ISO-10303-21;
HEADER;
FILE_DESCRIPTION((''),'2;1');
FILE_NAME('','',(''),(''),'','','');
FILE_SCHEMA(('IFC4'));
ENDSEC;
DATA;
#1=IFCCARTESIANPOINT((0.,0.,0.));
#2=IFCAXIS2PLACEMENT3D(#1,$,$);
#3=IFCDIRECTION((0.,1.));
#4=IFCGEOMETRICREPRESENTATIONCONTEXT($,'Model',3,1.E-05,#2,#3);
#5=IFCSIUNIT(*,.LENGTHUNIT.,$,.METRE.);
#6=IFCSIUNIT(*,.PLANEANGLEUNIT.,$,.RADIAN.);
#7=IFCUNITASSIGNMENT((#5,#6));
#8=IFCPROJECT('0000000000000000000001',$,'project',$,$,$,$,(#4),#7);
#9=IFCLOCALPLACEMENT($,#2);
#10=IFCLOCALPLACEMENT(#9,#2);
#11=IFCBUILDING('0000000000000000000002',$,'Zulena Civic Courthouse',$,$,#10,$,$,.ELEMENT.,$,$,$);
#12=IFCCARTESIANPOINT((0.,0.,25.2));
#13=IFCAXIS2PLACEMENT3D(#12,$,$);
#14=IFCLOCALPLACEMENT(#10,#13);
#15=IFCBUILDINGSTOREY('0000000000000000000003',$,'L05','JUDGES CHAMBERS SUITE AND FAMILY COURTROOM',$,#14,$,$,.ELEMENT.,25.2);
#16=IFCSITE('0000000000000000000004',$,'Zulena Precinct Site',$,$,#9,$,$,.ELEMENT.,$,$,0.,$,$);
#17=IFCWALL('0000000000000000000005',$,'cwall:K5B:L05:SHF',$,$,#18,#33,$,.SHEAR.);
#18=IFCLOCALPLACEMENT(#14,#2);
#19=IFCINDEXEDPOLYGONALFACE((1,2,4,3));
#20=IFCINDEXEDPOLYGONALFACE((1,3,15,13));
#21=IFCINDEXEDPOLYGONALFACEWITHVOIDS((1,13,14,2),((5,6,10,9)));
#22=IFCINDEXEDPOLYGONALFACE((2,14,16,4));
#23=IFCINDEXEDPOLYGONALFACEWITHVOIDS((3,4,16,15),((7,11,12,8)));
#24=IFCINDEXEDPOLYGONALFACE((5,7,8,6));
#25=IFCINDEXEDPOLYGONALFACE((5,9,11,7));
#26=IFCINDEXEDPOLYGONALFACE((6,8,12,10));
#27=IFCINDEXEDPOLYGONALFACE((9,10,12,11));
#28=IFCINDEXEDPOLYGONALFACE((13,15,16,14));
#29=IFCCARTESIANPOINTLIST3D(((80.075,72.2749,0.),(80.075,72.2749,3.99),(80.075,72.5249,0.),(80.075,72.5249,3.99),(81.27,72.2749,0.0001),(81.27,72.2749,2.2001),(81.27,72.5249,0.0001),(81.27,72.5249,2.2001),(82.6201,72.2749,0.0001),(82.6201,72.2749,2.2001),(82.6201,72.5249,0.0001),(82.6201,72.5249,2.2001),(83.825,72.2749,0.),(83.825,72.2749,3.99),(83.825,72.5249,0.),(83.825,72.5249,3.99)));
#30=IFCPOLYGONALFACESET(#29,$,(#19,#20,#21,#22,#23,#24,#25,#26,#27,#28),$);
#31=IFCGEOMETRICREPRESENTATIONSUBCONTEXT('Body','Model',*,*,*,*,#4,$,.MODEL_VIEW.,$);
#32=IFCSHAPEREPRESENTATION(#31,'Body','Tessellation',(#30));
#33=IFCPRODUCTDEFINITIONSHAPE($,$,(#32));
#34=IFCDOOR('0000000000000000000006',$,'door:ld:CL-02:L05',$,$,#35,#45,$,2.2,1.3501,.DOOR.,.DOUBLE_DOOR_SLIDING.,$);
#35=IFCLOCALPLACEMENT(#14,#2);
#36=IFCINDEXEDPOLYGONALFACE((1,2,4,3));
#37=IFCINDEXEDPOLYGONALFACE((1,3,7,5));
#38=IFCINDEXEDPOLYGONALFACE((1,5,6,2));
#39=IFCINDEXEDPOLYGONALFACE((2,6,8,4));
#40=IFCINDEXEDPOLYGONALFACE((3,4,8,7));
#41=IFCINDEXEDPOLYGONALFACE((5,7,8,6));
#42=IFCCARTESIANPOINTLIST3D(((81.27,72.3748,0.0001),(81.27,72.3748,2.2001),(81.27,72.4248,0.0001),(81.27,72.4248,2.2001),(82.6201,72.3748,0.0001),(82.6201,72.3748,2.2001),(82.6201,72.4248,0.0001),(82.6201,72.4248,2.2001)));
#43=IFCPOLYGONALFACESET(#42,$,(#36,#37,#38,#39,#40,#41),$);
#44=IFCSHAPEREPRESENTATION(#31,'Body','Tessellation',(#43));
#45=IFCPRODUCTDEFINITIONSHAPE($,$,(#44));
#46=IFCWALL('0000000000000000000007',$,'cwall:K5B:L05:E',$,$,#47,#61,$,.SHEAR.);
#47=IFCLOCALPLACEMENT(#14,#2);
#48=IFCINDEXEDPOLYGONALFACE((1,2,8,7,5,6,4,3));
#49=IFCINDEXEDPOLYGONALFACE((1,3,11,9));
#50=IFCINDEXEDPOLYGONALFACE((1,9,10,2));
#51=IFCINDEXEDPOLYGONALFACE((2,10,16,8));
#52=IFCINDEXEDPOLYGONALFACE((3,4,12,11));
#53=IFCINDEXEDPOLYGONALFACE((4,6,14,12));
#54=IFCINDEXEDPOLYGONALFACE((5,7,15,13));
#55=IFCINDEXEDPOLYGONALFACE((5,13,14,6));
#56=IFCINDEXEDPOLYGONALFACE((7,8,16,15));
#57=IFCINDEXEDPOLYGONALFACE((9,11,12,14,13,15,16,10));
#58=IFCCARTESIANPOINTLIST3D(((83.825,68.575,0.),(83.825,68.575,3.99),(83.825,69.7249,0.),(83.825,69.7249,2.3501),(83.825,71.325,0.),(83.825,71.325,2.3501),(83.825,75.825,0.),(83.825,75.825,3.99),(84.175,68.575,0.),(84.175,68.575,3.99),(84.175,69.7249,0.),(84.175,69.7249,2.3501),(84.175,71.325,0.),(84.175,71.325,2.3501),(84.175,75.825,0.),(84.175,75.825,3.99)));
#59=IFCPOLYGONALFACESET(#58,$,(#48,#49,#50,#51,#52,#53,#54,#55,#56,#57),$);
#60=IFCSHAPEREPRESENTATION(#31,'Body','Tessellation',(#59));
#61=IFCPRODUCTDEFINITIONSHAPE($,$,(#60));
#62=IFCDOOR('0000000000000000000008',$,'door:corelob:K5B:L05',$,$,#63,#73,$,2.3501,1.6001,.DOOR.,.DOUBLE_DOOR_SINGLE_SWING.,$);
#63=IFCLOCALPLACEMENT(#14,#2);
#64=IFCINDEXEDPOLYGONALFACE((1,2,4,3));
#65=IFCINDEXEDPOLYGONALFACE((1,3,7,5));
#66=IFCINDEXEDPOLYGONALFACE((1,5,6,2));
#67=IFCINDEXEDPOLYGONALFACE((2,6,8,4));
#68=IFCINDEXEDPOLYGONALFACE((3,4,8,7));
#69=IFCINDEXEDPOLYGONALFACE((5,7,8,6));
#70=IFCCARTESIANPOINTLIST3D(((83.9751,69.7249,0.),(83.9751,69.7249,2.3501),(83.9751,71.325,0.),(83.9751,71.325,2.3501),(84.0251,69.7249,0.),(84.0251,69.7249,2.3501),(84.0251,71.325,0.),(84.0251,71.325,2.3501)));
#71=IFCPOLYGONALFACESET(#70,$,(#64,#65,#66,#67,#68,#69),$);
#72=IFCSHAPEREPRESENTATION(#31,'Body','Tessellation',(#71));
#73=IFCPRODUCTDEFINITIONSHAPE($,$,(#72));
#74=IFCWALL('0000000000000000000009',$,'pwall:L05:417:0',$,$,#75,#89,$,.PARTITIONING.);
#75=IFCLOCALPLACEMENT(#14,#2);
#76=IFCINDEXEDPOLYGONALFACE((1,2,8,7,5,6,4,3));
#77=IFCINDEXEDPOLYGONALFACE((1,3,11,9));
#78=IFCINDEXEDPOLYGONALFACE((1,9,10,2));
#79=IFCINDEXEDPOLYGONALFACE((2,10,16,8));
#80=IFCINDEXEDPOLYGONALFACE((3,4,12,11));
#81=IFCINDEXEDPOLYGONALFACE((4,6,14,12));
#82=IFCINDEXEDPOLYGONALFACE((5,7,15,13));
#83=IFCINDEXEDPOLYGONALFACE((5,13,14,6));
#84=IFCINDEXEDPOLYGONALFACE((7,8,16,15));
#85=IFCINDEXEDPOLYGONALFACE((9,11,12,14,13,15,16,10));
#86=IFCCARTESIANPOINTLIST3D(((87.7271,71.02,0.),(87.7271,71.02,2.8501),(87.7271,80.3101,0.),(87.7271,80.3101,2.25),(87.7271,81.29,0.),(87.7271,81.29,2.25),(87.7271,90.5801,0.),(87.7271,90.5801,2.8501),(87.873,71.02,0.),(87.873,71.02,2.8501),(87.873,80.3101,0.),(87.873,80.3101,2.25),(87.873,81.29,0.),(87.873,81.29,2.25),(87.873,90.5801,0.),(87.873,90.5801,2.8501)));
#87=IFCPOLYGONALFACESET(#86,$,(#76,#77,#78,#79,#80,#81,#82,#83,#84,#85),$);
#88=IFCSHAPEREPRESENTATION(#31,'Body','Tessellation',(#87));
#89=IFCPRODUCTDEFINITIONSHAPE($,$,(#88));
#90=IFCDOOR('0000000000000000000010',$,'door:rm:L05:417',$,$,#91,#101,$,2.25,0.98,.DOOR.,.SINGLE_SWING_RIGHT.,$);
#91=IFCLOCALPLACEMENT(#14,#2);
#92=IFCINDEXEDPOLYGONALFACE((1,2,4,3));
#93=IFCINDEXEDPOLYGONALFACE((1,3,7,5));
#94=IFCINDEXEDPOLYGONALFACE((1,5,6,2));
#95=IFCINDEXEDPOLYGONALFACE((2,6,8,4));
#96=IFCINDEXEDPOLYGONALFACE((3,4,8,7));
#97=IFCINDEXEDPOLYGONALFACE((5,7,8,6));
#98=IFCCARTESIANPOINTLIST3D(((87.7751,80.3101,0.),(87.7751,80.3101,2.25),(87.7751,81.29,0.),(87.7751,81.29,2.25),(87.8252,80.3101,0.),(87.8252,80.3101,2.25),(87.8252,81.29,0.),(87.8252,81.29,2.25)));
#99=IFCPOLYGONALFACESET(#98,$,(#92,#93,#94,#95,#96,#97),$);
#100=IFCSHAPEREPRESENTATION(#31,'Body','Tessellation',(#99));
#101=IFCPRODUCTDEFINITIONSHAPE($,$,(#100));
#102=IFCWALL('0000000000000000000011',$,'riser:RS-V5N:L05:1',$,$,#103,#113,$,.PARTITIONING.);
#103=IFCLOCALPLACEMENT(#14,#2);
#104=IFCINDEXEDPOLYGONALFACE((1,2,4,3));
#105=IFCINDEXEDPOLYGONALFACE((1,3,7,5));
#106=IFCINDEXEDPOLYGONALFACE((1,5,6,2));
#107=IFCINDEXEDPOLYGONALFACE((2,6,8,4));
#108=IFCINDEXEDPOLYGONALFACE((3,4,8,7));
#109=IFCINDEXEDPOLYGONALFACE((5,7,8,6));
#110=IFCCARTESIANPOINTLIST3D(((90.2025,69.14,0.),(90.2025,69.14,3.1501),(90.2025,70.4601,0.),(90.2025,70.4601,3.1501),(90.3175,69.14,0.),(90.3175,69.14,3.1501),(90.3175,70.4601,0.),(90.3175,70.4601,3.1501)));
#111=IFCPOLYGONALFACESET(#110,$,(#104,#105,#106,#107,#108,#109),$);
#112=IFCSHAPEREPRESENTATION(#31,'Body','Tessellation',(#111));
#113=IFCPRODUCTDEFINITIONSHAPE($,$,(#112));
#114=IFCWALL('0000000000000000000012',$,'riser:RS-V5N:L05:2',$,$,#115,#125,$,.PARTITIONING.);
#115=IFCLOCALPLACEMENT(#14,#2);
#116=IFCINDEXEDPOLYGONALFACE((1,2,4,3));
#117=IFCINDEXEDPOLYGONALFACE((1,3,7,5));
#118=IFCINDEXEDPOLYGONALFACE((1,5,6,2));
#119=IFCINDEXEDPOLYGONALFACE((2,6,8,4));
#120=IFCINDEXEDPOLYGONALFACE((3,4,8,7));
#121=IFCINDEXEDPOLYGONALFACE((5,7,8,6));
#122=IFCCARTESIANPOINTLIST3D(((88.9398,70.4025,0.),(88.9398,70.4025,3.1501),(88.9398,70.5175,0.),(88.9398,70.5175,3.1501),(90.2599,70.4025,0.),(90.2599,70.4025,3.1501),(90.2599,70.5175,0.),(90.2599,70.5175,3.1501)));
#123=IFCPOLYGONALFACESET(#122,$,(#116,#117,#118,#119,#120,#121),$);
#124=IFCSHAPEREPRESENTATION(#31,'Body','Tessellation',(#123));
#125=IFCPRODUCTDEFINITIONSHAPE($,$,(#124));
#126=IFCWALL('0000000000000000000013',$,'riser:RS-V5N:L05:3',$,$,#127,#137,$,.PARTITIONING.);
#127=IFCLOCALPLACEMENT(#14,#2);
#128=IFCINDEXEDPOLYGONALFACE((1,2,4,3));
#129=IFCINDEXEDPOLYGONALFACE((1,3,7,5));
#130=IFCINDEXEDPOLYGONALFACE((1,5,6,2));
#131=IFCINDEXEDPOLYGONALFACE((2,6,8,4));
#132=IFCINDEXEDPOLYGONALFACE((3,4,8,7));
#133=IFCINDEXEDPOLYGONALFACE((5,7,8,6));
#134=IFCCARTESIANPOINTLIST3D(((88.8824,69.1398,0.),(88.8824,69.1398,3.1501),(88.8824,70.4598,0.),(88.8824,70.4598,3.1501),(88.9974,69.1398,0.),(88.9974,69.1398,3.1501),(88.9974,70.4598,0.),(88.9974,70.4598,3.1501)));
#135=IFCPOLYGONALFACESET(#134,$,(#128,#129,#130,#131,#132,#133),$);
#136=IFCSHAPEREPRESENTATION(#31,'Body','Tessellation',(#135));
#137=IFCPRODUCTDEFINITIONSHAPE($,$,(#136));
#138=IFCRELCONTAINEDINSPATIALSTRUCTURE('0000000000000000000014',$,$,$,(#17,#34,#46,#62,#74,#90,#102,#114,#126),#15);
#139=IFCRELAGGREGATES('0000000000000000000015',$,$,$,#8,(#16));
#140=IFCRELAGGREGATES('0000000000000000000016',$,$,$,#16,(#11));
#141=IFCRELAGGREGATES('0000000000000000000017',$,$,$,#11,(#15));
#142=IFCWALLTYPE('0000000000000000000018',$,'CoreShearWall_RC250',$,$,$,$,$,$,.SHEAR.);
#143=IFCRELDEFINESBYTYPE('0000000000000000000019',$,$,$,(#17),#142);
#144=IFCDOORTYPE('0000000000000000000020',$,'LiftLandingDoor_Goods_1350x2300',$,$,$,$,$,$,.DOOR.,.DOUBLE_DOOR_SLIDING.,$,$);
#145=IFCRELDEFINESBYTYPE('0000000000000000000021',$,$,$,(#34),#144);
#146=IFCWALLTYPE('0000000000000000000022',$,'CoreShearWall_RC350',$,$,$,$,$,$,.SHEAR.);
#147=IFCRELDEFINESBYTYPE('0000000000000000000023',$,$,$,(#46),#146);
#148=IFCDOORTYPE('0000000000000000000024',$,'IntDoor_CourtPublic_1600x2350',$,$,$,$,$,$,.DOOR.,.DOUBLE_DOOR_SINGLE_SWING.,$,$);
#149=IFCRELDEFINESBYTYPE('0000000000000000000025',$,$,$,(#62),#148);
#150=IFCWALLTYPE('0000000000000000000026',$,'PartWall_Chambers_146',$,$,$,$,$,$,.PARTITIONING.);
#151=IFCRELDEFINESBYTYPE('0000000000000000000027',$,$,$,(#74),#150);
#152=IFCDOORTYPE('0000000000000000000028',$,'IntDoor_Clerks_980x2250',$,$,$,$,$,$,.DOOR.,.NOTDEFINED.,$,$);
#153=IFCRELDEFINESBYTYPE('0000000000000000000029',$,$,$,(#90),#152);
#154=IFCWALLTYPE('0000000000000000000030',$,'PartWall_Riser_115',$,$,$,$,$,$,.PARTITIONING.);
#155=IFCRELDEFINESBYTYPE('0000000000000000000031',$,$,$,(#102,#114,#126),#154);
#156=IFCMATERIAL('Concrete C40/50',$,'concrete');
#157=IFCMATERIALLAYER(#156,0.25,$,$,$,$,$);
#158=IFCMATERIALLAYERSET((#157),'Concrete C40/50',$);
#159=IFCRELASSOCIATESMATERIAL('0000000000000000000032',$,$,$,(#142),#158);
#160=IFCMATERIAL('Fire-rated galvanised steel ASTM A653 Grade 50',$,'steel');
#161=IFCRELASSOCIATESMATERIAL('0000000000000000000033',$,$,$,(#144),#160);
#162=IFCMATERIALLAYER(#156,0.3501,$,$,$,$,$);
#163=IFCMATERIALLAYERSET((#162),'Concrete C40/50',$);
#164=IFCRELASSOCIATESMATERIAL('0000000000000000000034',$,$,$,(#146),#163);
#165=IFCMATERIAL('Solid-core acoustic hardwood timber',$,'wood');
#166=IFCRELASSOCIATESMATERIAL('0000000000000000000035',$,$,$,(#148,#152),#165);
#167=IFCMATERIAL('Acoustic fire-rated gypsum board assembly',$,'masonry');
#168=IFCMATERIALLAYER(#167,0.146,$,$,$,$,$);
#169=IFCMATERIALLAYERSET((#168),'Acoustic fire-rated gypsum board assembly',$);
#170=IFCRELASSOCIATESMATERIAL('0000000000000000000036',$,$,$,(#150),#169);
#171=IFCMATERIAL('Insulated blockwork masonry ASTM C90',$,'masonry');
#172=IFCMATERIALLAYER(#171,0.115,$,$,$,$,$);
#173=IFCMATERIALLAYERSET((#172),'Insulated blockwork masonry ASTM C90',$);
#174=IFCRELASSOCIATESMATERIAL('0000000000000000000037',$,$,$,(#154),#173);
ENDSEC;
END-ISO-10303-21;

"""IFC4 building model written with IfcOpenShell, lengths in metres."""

from ifc_helpers import new_model, si_unit, direction, frame, frame_2d, origin, place, context, subcontext, project, spatial, rectangle, extrude, material, layer, layer_set, type_object, element, fill, save


model = new_model("IFC4")

# Units and contexts
model_context = context("Model", 3, precision=1e-05, world=origin(), true_north=direction((0.0, 1.0)))
body_context = subcontext(model_context, "Body", "Model", "MODEL_VIEW")
ifc_project = project(units=[si_unit("LENGTHUNIT", "METRE"), si_unit("PLANEANGLEUNIT", "RADIAN")], contexts=[model_context])

# Site, building, storey
site_placement = place(None, origin())
site = spatial("IfcSite", under=ifc_project, at=site_placement, Name="Zulena Precinct Site", CompositionType="ELEMENT", RefElevation=0.0)
building_placement = place(site_placement, origin())
building = spatial("IfcBuilding", under=site, at=building_placement, Name="Zulena Civic Courthouse", CompositionType="ELEMENT")
storey_placement = place(building_placement, frame((0.0, 0.0, 25.2)))
storey = spatial("IfcBuildingStorey", under=building, at=storey_placement, Name="L05", Description="JUDGES CHAMBERS SUITE AND FAMILY COURTROOM", CompositionType="ELEMENT", Elevation=25.2)

# Walls, openings, doors
ifc_material_1 = material(Name="Concrete C40/50", Category="concrete")
ifc_layer_1 = layer(ifc_material_1, 0.25)
ifc_layer_set_1 = layer_set([ifc_layer_1], Name="Concrete C40/50")
wall_type_1 = type_object("IfcWallType", Name="CoreShearWall_RC250", PredefinedType="SHEAR", material=ifc_layer_set_1)
ifc_material_2 = material(Name="Fire-rated galvanised steel ASTM A653 Grade 50", Category="steel")
wall_1_placement = place(storey_placement, frame((80.075, 72.3999, 0.0), z_axis=(0.0, 0.0, 1.0), x_axis=(1.0, 0.0, 0.0)))
wall_1 = element("IfcWall", 1, at=wall_1_placement, inside=storey, type_object=wall_type_1, Name="cwall:K5B:L05:SHF", PredefinedType="SHEAR", context=body_context, shape_type="SweptSolid", body=[
    extrude(rectangle(XDim=3.75, YDim=0.25, at=frame_2d((1.875, 0.0))), origin(), (0.0, 0.0, 1.0), 3.99),
])
opening_1_placement = place(wall_1_placement, frame((1.1951, 0.0, 0.0)))
opening_1 = element("IfcOpeningElement", 2, at=opening_1_placement, cuts=wall_1, PredefinedType="OPENING", context=body_context, shape_type="SweptSolid", body=[
    extrude(rectangle(XDim=1.3501, YDim=2.2, at=frame_2d((0.675, 1.1001))), frame((0.0, 0.135, 0.0), z_axis=(0.0, -1.0, 0.0), x_axis=(1.0, 0.0, 0.0)), (0.0, 0.0, 1.0), 0.27),
])
door_type_1 = type_object("IfcDoorType", Name="LiftLandingDoor_Goods_1350x2300", OperationType="DOUBLE_DOOR_SLIDING", PredefinedType="DOOR", material=ifc_material_2)
door_1_placement = place(opening_1_placement, origin())
door_1 = element("IfcDoor", 3, at=door_1_placement, inside=storey, type_object=door_type_1, Name="door:ld:CL-02:L05", OperationType="DOUBLE_DOOR_SLIDING", OverallHeight=2.2, OverallWidth=1.3501, PredefinedType="DOOR", context=body_context, shape_type="SweptSolid", body=[
    extrude(rectangle(XDim=1.3501, YDim=2.2, at=frame_2d((0.675, 1.1001))), frame((0.0, 0.0249, 0.0), z_axis=(0.0, -1.0, 0.0), x_axis=(1.0, 0.0, 0.0)), (0.0, 0.0, 1.0), 0.05),
])
fill(opening_1, door_1)
ifc_layer_2 = layer(ifc_material_1, 0.3501)
ifc_layer_set_2 = layer_set([ifc_layer_2], Name="Concrete C40/50")
wall_type_2 = type_object("IfcWallType", Name="CoreShearWall_RC350", PredefinedType="SHEAR", material=ifc_layer_set_2)
wall_2_placement = place(storey_placement, frame((84.0, 68.575, 0.0), z_axis=(0.0, 0.0, 1.0), x_axis=(0.0, 1.0, 0.0)))
wall_2 = element("IfcWall", 4, at=wall_2_placement, inside=storey, type_object=wall_type_2, Name="cwall:K5B:L05:E", PredefinedType="SHEAR", context=body_context, shape_type="SweptSolid", body=[
    extrude(rectangle(XDim=7.25, YDim=0.3501, at=frame_2d((3.625, 0.0))), origin(), (0.0, 0.0, 1.0), 3.99),
])
opening_2_placement = place(wall_2_placement, frame((1.1499, 0.0, 0.0)))
opening_2 = element("IfcOpeningElement", 5, at=opening_2_placement, cuts=wall_2, PredefinedType="OPENING", context=body_context, shape_type="SweptSolid", body=[
    extrude(rectangle(XDim=1.6001, YDim=2.3501, at=frame_2d((0.8, 1.175))), frame((0.0, 0.1851, 0.0), z_axis=(0.0, -1.0, 0.0), x_axis=(1.0, 0.0, 0.0)), (0.0, 0.0, 1.0), 0.3701),
])
ifc_material_3 = material(Name="Solid-core acoustic hardwood timber", Category="wood")
door_type_2 = type_object("IfcDoorType", Name="IntDoor_CourtPublic_1600x2350", OperationType="DOUBLE_DOOR_SINGLE_SWING", PredefinedType="DOOR", material=ifc_material_3)
door_2_placement = place(opening_2_placement, origin())
door_2 = element("IfcDoor", 6, at=door_2_placement, inside=storey, type_object=door_type_2, Name="door:corelob:K5B:L05", OperationType="DOUBLE_DOOR_SINGLE_SWING", OverallHeight=2.3501, OverallWidth=1.6001, PredefinedType="DOOR", context=body_context, shape_type="SweptSolid", body=[
    extrude(rectangle(XDim=1.6001, YDim=2.3501, at=frame_2d((0.8, 1.175))), frame((0.0, 0.0249, 0.0), z_axis=(0.0, -1.0, 0.0), x_axis=(1.0, 0.0, 0.0)), (0.0, 0.0, 1.0), 0.05),
])
fill(opening_2, door_2)
ifc_material_4 = material(Name="Acoustic fire-rated gypsum board assembly", Category="masonry")
ifc_layer_3 = layer(ifc_material_4, 0.146)
ifc_layer_set_3 = layer_set([ifc_layer_3], Name="Acoustic fire-rated gypsum board assembly")
wall_type_3 = type_object("IfcWallType", Name="PartWall_Chambers_146", PredefinedType="PARTITIONING", material=ifc_layer_set_3)
wall_3_placement = place(storey_placement, frame((87.8, 71.02, 0.0), z_axis=(0.0, 0.0, 1.0), x_axis=(0.0, 1.0, 0.0)))
wall_3 = element("IfcWall", 7, at=wall_3_placement, inside=storey, type_object=wall_type_3, Name="pwall:L05:417:0", PredefinedType="PARTITIONING", context=body_context, shape_type="SweptSolid", body=[
    extrude(rectangle(XDim=19.5601, YDim=0.146, at=frame_2d((9.78, 0.0))), origin(), (0.0, 0.0, 1.0), 2.8501),
])
opening_3_placement = place(wall_3_placement, frame((9.29, 0.0, 0.0)))
opening_3 = element("IfcOpeningElement", 8, at=opening_3_placement, cuts=wall_3, PredefinedType="OPENING", context=body_context, shape_type="SweptSolid", body=[
    extrude(rectangle(XDim=0.98, YDim=2.25, at=frame_2d((0.49, 1.125))), frame((0.0, 0.083, 0.0), z_axis=(0.0, -1.0, 0.0), x_axis=(1.0, 0.0, 0.0)), (0.0, 0.0, 1.0), 0.166),
])
door_type_3 = type_object("IfcDoorType", Name="IntDoor_Clerks_980x2250", OperationType="NOTDEFINED", PredefinedType="DOOR", material=ifc_material_3)
door_3_placement = place(opening_3_placement, origin())
door_3 = element("IfcDoor", 9, at=door_3_placement, inside=storey, type_object=door_type_3, Name="door:rm:L05:417", OperationType="SINGLE_SWING_RIGHT", OverallHeight=2.25, OverallWidth=0.98, PredefinedType="DOOR", context=body_context, shape_type="SweptSolid", body=[
    extrude(rectangle(XDim=0.98, YDim=2.25, at=frame_2d((0.49, 1.125))), frame((0.0, 0.0249, 0.0), z_axis=(0.0, -1.0, 0.0), x_axis=(1.0, 0.0, 0.0)), (0.0, 0.0, 1.0), 0.05),
])
fill(opening_3, door_3)

# Walls
ifc_material_5 = material(Name="Insulated blockwork masonry ASTM C90", Category="masonry")
ifc_layer_4 = layer(ifc_material_5, 0.115)
ifc_layer_set_4 = layer_set([ifc_layer_4], Name="Insulated blockwork masonry ASTM C90")
wall_type_4 = type_object("IfcWallType", Name="PartWall_Riser_115", PredefinedType="PARTITIONING", material=ifc_layer_set_4)
for number, where, z_axis, x_axis, name in (
    (10, (90.26, 69.1399, 0.0), (0.0, 0.0, 1.0), (0.0, 1.0, 0.0), "riser:RS-V5N:L05:1"),
    (11, (90.26, 70.46, 0.0), (0.0, 0.0, 1.0), (-1.0, 0.0, 0.0), "riser:RS-V5N:L05:2"),
    (12, (88.9399, 70.46, 0.0), (0.0, 0.0, 1.0), (0.0, -1.0, 0.0), "riser:RS-V5N:L05:3"),
):
    element("IfcWall", number, at=place(storey_placement, frame(where, z_axis=z_axis, x_axis=x_axis)), inside=storey, type_object=wall_type_4, Name=name, PredefinedType="PARTITIONING", context=body_context, shape_type="SweptSolid", body=[
        extrude(rectangle(XDim=1.3201, YDim=0.115, at=frame_2d((0.6602, 0.0))), origin(), (0.0, 0.0, 1.0), 3.1501),
    ])

save(model, "model.ifc")
